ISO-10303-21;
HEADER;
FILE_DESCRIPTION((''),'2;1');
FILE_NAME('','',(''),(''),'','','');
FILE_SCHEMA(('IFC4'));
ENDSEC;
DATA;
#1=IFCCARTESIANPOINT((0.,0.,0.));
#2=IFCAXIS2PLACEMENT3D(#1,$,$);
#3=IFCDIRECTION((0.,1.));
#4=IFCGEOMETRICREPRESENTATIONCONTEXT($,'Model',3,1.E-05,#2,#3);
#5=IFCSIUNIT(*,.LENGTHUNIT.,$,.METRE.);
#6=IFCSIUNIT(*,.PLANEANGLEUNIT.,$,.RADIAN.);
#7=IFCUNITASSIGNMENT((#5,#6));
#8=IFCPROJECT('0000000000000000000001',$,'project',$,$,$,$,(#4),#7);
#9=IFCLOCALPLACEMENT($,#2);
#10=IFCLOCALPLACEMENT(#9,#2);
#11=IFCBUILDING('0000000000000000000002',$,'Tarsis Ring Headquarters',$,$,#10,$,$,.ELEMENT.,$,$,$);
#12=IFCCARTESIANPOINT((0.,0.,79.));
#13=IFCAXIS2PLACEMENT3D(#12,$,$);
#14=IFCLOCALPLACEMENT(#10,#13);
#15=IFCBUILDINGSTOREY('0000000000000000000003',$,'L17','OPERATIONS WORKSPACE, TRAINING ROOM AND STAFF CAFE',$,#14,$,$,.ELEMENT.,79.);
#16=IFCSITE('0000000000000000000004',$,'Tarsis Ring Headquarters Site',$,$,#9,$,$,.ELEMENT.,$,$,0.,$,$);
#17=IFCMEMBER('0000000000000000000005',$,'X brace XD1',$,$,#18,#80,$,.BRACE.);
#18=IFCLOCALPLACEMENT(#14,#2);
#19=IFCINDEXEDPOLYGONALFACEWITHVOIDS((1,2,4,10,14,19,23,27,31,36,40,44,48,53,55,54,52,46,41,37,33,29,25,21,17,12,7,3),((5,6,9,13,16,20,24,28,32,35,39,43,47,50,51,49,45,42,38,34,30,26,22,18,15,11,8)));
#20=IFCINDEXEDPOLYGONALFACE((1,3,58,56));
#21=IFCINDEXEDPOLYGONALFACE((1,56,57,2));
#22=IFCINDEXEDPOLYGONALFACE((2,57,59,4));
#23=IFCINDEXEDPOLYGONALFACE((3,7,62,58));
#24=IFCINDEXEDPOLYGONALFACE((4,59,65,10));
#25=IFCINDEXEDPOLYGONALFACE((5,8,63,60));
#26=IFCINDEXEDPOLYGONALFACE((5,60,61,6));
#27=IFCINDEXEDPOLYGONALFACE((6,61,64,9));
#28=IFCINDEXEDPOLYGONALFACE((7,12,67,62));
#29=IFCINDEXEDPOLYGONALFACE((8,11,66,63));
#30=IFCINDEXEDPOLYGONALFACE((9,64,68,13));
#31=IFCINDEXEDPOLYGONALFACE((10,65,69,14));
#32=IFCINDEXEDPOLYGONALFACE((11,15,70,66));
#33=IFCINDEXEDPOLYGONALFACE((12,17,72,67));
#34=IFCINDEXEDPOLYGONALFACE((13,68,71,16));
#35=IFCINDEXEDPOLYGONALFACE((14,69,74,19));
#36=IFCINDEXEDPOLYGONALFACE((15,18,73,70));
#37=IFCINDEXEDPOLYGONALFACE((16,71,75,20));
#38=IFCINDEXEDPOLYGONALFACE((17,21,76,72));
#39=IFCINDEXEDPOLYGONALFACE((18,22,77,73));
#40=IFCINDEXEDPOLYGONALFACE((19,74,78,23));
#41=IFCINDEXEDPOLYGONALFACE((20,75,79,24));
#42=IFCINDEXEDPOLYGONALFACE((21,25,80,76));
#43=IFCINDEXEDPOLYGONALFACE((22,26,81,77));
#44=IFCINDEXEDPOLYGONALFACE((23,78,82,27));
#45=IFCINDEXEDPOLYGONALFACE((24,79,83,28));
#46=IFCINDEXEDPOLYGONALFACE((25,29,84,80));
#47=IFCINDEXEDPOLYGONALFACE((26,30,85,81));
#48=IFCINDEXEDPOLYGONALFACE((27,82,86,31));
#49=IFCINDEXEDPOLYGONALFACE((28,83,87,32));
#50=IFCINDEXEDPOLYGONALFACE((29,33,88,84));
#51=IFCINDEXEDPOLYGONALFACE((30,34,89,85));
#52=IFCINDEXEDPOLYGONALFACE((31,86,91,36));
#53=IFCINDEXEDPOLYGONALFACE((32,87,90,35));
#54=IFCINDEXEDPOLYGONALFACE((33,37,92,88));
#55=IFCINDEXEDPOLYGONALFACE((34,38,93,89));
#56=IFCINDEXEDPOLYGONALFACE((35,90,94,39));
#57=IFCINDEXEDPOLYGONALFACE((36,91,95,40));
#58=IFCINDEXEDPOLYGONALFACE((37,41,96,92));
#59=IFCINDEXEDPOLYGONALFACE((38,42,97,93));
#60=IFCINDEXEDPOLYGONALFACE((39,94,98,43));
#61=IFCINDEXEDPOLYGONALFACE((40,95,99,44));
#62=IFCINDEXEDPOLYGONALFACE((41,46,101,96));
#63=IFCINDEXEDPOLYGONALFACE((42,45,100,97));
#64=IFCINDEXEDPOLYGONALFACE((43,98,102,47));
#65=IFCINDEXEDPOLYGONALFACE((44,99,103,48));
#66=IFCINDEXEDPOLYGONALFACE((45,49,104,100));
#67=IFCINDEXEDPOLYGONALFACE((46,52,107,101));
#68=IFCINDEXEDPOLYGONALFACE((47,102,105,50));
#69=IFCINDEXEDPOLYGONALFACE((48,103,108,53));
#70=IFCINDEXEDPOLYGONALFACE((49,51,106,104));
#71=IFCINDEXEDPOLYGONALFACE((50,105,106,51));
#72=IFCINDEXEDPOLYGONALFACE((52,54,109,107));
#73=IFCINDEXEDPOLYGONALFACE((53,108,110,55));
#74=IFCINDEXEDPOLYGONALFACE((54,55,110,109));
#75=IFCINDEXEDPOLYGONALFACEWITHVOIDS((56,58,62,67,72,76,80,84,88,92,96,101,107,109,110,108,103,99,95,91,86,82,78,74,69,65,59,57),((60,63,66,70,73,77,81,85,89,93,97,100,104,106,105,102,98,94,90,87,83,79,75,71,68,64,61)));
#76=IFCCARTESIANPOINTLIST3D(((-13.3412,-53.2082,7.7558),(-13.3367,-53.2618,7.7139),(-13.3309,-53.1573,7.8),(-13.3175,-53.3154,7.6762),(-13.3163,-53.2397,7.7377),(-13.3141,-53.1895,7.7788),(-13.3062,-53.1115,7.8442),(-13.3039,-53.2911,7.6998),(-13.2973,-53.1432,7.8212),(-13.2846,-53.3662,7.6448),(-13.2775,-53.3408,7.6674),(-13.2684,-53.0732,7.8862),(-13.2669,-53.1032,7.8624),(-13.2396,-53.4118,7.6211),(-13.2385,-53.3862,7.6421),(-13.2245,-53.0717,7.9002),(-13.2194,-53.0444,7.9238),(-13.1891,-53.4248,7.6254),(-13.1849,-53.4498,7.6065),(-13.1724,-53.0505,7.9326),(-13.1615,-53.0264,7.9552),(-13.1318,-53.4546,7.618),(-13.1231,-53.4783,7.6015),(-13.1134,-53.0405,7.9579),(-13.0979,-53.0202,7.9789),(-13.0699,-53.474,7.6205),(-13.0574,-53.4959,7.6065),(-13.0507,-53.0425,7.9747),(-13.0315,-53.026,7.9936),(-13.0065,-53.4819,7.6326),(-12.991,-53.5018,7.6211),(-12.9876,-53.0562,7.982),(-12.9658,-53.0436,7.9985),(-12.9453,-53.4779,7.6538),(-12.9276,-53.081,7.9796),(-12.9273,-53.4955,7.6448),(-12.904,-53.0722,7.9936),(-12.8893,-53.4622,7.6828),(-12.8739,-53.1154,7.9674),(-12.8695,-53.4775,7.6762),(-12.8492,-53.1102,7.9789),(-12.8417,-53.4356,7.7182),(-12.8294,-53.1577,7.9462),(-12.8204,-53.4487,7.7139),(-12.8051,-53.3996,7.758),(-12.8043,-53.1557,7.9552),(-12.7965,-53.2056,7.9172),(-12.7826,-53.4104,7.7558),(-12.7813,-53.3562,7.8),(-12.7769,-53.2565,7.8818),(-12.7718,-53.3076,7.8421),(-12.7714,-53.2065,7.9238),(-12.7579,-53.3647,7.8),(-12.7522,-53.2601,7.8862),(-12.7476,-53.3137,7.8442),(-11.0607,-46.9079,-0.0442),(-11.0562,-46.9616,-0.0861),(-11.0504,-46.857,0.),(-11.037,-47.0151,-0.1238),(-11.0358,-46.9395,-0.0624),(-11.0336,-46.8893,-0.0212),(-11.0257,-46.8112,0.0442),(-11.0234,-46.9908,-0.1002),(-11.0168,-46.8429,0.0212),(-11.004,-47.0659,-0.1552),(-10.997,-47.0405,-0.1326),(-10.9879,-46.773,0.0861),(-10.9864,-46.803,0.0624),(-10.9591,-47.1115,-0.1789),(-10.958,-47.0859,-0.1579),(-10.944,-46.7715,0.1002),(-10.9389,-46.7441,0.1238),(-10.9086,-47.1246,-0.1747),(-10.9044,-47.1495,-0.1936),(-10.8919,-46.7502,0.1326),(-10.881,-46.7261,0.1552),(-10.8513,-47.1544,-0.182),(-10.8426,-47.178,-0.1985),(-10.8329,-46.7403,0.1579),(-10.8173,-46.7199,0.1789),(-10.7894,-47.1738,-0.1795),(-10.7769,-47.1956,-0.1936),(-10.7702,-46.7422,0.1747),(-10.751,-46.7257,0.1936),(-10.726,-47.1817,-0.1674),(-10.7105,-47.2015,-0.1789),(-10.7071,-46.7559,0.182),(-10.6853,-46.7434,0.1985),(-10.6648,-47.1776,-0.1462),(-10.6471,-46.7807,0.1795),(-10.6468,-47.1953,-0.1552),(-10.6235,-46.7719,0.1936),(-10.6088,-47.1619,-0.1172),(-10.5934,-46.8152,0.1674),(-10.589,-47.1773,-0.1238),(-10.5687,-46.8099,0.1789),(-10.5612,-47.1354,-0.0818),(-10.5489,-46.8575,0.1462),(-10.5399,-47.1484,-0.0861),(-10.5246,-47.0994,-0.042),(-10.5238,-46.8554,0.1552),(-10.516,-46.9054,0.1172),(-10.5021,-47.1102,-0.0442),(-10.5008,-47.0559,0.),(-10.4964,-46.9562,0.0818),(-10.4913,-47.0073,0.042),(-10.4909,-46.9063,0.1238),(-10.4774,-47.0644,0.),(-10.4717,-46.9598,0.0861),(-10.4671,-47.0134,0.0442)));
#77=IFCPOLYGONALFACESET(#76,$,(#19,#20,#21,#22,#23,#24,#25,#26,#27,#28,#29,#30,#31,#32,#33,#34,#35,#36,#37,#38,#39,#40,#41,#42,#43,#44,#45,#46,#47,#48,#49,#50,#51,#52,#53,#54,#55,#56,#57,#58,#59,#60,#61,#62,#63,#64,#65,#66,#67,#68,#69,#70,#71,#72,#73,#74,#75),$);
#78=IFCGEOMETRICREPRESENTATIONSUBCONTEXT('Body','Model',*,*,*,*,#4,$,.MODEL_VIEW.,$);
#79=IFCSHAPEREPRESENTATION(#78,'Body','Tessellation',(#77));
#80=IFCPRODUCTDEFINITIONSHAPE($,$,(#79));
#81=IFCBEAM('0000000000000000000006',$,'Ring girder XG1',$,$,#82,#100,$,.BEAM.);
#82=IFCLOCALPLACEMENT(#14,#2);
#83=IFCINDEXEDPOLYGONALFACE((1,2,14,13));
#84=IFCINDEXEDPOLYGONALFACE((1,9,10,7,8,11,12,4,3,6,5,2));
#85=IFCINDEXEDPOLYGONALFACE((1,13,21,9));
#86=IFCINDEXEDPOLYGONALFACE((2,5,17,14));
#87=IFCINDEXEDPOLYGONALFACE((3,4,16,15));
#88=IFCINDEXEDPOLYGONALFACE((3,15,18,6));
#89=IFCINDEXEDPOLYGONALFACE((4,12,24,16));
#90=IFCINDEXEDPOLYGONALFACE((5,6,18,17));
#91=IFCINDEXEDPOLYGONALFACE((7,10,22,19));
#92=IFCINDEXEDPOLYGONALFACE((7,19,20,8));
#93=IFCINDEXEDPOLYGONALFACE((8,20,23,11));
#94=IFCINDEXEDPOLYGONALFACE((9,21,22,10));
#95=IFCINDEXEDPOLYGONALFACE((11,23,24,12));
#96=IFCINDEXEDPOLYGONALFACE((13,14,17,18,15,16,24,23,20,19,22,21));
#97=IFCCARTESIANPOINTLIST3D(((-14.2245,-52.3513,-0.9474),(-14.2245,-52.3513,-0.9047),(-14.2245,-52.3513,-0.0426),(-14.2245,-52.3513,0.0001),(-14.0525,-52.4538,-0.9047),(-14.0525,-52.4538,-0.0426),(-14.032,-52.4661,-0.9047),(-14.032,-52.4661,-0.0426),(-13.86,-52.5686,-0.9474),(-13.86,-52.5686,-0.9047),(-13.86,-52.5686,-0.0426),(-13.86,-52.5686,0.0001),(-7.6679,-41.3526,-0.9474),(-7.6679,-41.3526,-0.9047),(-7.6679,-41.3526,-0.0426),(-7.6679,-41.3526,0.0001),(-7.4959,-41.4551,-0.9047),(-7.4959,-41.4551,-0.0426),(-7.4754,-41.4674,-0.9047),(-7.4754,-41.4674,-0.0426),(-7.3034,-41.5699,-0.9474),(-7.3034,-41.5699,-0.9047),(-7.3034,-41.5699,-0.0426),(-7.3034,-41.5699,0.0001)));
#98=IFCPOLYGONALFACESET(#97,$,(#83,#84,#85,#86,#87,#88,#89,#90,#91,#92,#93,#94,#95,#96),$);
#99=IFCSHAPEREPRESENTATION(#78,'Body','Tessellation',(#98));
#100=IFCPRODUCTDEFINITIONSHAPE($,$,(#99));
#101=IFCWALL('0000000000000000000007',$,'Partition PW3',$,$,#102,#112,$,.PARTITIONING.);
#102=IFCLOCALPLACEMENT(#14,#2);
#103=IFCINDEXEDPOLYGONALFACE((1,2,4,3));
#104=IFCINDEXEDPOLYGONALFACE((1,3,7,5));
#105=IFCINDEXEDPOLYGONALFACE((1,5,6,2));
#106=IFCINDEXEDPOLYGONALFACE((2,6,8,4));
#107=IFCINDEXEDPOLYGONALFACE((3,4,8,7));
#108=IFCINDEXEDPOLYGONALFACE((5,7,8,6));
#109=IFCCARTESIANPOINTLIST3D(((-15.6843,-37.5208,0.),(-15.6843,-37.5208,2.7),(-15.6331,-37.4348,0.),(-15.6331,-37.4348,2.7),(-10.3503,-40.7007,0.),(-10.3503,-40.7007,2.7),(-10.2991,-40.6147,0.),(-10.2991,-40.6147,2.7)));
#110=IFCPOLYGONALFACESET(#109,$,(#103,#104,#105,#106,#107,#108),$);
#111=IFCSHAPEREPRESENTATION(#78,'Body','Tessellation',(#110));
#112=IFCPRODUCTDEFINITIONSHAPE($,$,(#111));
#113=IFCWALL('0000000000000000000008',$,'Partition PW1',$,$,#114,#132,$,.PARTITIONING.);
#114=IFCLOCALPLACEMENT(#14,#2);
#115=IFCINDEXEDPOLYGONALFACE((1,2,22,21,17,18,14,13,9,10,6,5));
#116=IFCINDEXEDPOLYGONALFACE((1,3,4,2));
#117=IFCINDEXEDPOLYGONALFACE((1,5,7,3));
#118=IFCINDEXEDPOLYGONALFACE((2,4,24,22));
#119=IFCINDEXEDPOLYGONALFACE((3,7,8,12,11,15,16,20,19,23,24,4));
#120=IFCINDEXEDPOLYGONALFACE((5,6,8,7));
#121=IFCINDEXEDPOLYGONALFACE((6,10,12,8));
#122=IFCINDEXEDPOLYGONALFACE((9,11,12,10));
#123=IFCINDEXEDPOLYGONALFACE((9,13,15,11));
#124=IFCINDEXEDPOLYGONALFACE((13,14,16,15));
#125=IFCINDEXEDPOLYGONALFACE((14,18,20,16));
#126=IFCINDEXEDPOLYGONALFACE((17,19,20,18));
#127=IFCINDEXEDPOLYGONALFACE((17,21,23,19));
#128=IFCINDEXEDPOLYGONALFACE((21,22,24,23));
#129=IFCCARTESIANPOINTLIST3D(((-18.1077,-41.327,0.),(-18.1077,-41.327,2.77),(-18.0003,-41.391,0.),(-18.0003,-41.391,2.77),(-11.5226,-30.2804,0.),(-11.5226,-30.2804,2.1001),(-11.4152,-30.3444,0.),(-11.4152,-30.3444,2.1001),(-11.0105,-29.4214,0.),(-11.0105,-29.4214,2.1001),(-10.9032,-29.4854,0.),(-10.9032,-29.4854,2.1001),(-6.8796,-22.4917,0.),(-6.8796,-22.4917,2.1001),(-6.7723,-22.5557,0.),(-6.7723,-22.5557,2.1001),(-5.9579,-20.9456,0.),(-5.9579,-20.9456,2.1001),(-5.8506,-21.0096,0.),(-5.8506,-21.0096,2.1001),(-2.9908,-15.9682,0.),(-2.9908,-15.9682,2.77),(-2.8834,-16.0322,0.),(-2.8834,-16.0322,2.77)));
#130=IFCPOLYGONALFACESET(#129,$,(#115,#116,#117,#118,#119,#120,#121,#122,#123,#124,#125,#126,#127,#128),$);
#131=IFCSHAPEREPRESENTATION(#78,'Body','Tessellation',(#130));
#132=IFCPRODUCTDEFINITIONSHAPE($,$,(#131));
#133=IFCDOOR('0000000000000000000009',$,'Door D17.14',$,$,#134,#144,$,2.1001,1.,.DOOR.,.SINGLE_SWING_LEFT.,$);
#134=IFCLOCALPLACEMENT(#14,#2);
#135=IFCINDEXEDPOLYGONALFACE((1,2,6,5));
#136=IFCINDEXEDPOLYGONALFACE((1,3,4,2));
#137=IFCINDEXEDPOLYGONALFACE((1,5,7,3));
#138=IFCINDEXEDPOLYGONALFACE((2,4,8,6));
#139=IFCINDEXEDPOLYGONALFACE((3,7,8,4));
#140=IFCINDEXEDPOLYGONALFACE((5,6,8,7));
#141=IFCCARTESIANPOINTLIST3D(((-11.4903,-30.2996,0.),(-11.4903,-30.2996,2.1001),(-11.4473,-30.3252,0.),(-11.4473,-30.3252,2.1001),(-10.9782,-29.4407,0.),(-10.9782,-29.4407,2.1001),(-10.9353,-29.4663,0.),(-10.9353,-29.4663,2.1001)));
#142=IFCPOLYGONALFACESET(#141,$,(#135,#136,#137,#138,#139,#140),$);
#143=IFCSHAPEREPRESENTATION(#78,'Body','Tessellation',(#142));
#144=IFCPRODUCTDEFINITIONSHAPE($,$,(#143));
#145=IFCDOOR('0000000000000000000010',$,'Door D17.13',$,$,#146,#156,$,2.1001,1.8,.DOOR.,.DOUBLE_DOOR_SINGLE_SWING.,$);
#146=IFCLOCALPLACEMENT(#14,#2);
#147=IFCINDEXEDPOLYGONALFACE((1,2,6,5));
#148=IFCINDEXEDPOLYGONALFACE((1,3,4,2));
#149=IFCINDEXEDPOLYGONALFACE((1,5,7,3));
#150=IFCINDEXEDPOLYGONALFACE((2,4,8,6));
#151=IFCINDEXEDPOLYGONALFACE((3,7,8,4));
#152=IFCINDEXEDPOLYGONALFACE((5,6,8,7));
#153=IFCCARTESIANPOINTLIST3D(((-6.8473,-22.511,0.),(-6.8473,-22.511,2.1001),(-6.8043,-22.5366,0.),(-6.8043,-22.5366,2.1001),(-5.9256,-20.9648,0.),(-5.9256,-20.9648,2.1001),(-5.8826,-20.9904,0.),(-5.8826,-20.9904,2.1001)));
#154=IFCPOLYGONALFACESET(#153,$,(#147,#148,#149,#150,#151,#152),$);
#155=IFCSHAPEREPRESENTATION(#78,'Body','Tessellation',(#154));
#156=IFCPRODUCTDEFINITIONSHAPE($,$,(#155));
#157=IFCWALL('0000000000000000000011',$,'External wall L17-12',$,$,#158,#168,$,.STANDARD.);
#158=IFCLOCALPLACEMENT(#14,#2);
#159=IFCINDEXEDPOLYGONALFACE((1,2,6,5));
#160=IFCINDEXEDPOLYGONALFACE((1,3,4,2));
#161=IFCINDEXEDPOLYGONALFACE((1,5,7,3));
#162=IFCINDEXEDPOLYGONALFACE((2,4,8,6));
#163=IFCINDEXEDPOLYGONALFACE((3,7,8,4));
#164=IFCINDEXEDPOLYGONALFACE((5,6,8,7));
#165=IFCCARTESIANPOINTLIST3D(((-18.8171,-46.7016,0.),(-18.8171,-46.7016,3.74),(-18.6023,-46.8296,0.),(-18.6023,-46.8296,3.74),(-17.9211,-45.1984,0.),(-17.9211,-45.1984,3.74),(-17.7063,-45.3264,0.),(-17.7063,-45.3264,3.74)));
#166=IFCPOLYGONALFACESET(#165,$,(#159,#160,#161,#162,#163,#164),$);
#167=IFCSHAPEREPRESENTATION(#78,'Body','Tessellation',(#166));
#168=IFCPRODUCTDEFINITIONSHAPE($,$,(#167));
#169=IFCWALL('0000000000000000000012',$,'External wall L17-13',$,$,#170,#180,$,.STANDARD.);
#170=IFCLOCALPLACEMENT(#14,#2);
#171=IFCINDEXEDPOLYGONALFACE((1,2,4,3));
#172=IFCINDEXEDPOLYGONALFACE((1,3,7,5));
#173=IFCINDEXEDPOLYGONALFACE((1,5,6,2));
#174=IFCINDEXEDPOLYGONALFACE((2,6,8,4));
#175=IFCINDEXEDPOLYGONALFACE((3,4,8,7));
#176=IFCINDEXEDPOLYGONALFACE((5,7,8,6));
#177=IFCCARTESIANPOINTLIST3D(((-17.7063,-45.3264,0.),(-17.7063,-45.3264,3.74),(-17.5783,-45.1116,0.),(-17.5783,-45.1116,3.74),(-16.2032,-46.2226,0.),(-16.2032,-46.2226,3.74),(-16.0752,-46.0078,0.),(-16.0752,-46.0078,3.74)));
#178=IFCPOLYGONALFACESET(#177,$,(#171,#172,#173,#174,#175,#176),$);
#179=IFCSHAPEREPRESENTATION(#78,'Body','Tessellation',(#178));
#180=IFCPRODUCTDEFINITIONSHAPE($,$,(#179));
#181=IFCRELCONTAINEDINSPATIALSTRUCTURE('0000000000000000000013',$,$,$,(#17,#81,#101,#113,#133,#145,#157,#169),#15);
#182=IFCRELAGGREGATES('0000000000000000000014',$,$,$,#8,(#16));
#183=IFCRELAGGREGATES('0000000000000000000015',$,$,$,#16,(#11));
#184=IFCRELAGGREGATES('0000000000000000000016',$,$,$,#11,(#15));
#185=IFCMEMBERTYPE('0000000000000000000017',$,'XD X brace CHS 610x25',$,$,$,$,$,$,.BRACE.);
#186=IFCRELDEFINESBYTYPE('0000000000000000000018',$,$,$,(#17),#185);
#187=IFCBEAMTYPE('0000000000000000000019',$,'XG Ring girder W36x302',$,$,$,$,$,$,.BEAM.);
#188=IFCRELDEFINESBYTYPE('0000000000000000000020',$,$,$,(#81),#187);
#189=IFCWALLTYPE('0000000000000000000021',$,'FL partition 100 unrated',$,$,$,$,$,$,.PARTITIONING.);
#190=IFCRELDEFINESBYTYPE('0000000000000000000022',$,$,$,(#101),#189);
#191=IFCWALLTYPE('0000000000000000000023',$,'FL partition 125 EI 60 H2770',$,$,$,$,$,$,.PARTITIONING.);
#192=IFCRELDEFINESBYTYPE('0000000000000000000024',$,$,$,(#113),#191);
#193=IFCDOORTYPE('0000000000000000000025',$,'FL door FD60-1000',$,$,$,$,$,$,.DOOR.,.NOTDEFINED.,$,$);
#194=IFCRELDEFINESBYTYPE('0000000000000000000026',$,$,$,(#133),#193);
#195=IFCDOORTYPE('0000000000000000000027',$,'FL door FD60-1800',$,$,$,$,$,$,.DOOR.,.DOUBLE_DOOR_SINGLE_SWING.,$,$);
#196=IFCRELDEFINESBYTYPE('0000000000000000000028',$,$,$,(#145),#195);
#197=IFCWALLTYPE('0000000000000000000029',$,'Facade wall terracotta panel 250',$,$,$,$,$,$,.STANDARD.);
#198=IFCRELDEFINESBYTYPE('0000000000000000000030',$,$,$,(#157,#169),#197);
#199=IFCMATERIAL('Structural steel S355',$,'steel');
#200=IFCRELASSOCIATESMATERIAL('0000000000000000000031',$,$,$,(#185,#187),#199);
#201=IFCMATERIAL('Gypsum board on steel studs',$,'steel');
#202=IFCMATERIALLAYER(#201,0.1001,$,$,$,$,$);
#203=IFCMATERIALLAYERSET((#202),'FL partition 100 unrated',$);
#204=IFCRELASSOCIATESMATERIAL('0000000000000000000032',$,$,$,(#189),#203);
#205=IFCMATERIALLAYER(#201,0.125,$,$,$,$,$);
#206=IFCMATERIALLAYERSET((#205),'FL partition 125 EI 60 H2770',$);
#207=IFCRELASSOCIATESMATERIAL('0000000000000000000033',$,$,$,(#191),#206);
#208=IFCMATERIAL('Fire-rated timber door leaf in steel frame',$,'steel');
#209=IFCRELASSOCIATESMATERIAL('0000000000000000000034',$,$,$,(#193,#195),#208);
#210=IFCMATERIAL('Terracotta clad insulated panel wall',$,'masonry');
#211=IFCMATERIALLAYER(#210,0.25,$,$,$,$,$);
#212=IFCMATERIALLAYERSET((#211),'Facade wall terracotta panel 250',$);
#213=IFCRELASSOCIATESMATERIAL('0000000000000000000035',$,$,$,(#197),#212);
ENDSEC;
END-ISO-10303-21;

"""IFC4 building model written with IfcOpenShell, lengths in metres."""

from ifc_helpers import new_model, si_unit, direction, frame, frame_2d, origin, origin_2d, place, context, subcontext, project, spatial, rectangle, hollow_circle, i_section, extrude, material, layer, layer_set, material_profile, profile_set, type_object, element, fill, save


model = new_model("IFC4")

# Units and contexts
model_context = context("Model", 3, precision=1e-05, world=origin(), true_north=direction((0.0, 1.0)))
body_context = subcontext(model_context, "Body", "Model", "MODEL_VIEW")
ifc_project = project(units=[si_unit("LENGTHUNIT", "METRE"), si_unit("PLANEANGLEUNIT", "RADIAN")], contexts=[model_context])

# Site, building, storey
site_placement = place(None, origin())
site = spatial("IfcSite", under=ifc_project, at=site_placement, Name="Tarsis Ring Headquarters Site", CompositionType="ELEMENT", RefElevation=0.0)
building_placement = place(site_placement, origin())
building = spatial("IfcBuilding", under=site, at=building_placement, Name="Tarsis Ring Headquarters", CompositionType="ELEMENT")
storey_placement = place(building_placement, frame((0.0, 0.0, 79.0)))
storey = spatial("IfcBuildingStorey", under=building, at=storey_placement, Name="L17", Description="OPERATIONS WORKSPACE, TRAINING ROOM AND STAFF CAFE", CompositionType="ELEMENT", Elevation=79.0)

# Member
ifc_material_1 = material(Name="Structural steel S355", Category="steel")
ifc_material_profile_1 = material_profile(ifc_material_1, hollow_circle(Radius=0.3047, WallThickness=0.0249, at=origin_2d()), Name="CHS 610x25")
ifc_profile_set_1 = profile_set([ifc_material_profile_1], Name="Structural steel S355")
member_type = type_object("IfcMemberType", Name="XD X brace CHS 610x25", PredefinedType="BRACE", material=ifc_profile_set_1)
member_1_placement = place(storey_placement, frame((-10.7639, -46.9607, 0.0), z_axis=(-0.221781, -0.612704, 0.758556), x_axis=(0.940296, -0.340359, 0.0)))
element("IfcMember", 1, at=member_1_placement, inside=storey, type_object=member_type, Name="X brace XD1", PredefinedType="BRACE", context=body_context, shape_type="SweptSolid", body=[
    extrude(hollow_circle(Radius=0.3047, WallThickness=0.0249, at=origin_2d()), origin(), (0.0, 0.0, 1.0), 10.2827),
])

# Beam
ifc_material_profile_2 = material_profile(ifc_material_1, i_section(OverallWidth=0.4243, OverallDepth=0.9475, WebThickness=0.0239, FlangeThickness=0.0427, at=origin_2d()), Name="W36x302")
ifc_profile_set_2 = profile_set([ifc_material_profile_2], Name="Structural steel S355")
beam_type = type_object("IfcBeamType", Name="XG Ring girder W36x302", PredefinedType="BEAM", material=ifc_profile_set_2)
beam_placement = place(storey_placement, frame((-14.0422, -52.46, -0.4736), z_axis=(0.512046, 0.858958, 0.0), x_axis=(-0.858958, 0.512046, 0.0)))
element("IfcBeam", 2, at=beam_placement, inside=storey, type_object=beam_type, Name="Ring girder XG1", PredefinedType="BEAM", context=body_context, shape_type="SweptSolid", body=[
    extrude(i_section(OverallWidth=0.4243, OverallDepth=0.9475, WebThickness=0.0239, FlangeThickness=0.0427, at=origin_2d()), origin(), (0.0, 0.0, 1.0), 12.8047),
])

# Wall
ifc_material_2 = material(Name="Gypsum board on steel studs", Category="steel")
ifc_layer_1 = layer(ifc_material_2, 0.1001)
ifc_layer_set_1 = layer_set([ifc_layer_1], Name="FL partition 100 unrated")
wall_type_1 = type_object("IfcWallType", Name="FL partition 100 unrated", PredefinedType="PARTITIONING", material=ifc_layer_set_1)
wall_1_placement = place(storey_placement, frame((-15.6587, -37.4778, 0.0), z_axis=(0.0, 0.0, 1.0), x_axis=(0.858943, -0.512071, 0.0)))
element("IfcWall", 3, at=wall_1_placement, inside=storey, type_object=wall_type_1, Name="Partition PW3", PredefinedType="PARTITIONING", context=body_context, shape_type="SweptSolid", body=[
    extrude(rectangle(XDim=6.21, YDim=0.1001, at=frame_2d((3.105, 0.0))), origin(), (0.0, 0.0, 1.0), 2.7),
])

# Wall, openings, doors
ifc_layer_2 = layer(ifc_material_2, 0.125)
ifc_layer_set_2 = layer_set([ifc_layer_2], Name="FL partition 125 EI 60 H2770")
wall_type_2 = type_object("IfcWallType", Name="FL partition 125 EI 60 H2770", PredefinedType="PARTITIONING", material=ifc_layer_set_2)
wall_2_placement = place(storey_placement, frame((-18.054, -41.3589, 0.0), z_axis=(0.0, 0.0, 1.0), x_axis=(0.512043, 0.85896, 0.0)))
wall_2 = element("IfcWall", 4, at=wall_2_placement, inside=storey, type_object=wall_type_2, Name="Partition PW1", PredefinedType="PARTITIONING", context=body_context, shape_type="SweptSolid", body=[
    extrude(rectangle(XDim=29.5227, YDim=0.125, at=frame_2d((14.7612, 0.0))), origin(), (0.0, 0.0, 1.0), 2.77),
])
opening_1_placement = place(wall_2_placement, frame((21.928, 0.0, 0.0)))
opening_1 = element("IfcOpeningElement", 5, at=opening_1_placement, cuts=wall_2, PredefinedType="OPENING", context=body_context, shape_type="SweptSolid", body=[
    extrude(rectangle(XDim=1.8, YDim=2.1001, at=frame_2d((0.8999, 1.05))), frame((0.0, 0.0725, 0.0), z_axis=(0.0, -1.0, 0.0), x_axis=(1.0, 0.0, 0.0)), (0.0, 0.0, 1.0), 0.145),
])
opening_2_placement = place(wall_2_placement, frame((12.8604, 0.0, 0.0)))
opening_2 = element("IfcOpeningElement", 6, at=opening_2_placement, cuts=wall_2, PredefinedType="OPENING", context=body_context, shape_type="SweptSolid", body=[
    extrude(rectangle(XDim=1.0, YDim=2.1001, at=frame_2d((0.5, 1.05))), frame((0.0, 0.0725, 0.0), z_axis=(0.0, -1.0, 0.0), x_axis=(1.0, 0.0, 0.0)), (0.0, 0.0, 1.0), 0.145),
])
ifc_material_3 = material(Name="Fire-rated timber door leaf in steel frame", Category="steel")
door_type_1 = type_object("IfcDoorType", Name="FL door FD60-1000", OperationType="NOTDEFINED", PredefinedType="DOOR", material=ifc_material_3)
door_1_placement = place(opening_2_placement, origin())
door_1 = element("IfcDoor", 7, at=door_1_placement, inside=storey, type_object=door_type_1, Name="Door D17.14", OperationType="SINGLE_SWING_LEFT", OverallHeight=2.1001, OverallWidth=1.0, PredefinedType="DOOR", context=body_context, shape_type="SweptSolid", body=[
    extrude(rectangle(XDim=1.0, YDim=2.1001, at=frame_2d((0.5, 1.05))), frame((0.0, 0.0249, 0.0), z_axis=(0.0, -1.0, 0.0), x_axis=(1.0, 0.0, 0.0)), (0.0, 0.0, 1.0), 0.05),
])
fill(opening_2, door_1)
door_type_2 = type_object("IfcDoorType", Name="FL door FD60-1800", OperationType="DOUBLE_DOOR_SINGLE_SWING", PredefinedType="DOOR", material=ifc_material_3)
door_2_placement = place(opening_1_placement, origin())
door_2 = element("IfcDoor", 8, at=door_2_placement, inside=storey, type_object=door_type_2, Name="Door D17.13", OperationType="DOUBLE_DOOR_SINGLE_SWING", OverallHeight=2.1001, OverallWidth=1.8, PredefinedType="DOOR", context=body_context, shape_type="SweptSolid", body=[
    extrude(rectangle(XDim=1.8, YDim=2.1001, at=frame_2d((0.8999, 1.05))), frame((0.0, 0.0249, 0.0), z_axis=(0.0, -1.0, 0.0), x_axis=(1.0, 0.0, 0.0)), (0.0, 0.0, 1.0), 0.05),
])
fill(opening_1, door_2)

# Walls
ifc_material_4 = material(Name="Terracotta clad insulated panel wall", Category="masonry")
ifc_layer_3 = layer(ifc_material_4, 0.25)
ifc_layer_set_3 = layer_set([ifc_layer_3], Name="Facade wall terracotta panel 250")
wall_type_3 = type_object("IfcWallType", Name="Facade wall terracotta panel 250", PredefinedType="STANDARD", material=ifc_layer_set_3)
for number, where, z_axis, x_axis, name in (
    (9, (-18.7097, -46.7656, 0.0), (0.0, 0.0, 1.0), (0.512011, 0.858979, 0.0), "External wall L17-12"),
    (10, (-17.6423, -45.219, 0.0), (0.0, 0.0, 1.0), (0.858917, -0.512114, 0.0), "External wall L17-13"),
):
    element("IfcWall", number, at=place(storey_placement, frame(where, z_axis=z_axis, x_axis=x_axis)), inside=storey, type_object=wall_type_3, Name=name, PredefinedType="STANDARD", context=body_context, shape_type="SweptSolid", body=[
        extrude(rectangle(XDim=1.75, YDim=0.25, at=frame_2d((0.875, 0.0))), origin(), (0.0, 0.0, 1.0), 3.74),
    ])

save(model, "model.ifc")
